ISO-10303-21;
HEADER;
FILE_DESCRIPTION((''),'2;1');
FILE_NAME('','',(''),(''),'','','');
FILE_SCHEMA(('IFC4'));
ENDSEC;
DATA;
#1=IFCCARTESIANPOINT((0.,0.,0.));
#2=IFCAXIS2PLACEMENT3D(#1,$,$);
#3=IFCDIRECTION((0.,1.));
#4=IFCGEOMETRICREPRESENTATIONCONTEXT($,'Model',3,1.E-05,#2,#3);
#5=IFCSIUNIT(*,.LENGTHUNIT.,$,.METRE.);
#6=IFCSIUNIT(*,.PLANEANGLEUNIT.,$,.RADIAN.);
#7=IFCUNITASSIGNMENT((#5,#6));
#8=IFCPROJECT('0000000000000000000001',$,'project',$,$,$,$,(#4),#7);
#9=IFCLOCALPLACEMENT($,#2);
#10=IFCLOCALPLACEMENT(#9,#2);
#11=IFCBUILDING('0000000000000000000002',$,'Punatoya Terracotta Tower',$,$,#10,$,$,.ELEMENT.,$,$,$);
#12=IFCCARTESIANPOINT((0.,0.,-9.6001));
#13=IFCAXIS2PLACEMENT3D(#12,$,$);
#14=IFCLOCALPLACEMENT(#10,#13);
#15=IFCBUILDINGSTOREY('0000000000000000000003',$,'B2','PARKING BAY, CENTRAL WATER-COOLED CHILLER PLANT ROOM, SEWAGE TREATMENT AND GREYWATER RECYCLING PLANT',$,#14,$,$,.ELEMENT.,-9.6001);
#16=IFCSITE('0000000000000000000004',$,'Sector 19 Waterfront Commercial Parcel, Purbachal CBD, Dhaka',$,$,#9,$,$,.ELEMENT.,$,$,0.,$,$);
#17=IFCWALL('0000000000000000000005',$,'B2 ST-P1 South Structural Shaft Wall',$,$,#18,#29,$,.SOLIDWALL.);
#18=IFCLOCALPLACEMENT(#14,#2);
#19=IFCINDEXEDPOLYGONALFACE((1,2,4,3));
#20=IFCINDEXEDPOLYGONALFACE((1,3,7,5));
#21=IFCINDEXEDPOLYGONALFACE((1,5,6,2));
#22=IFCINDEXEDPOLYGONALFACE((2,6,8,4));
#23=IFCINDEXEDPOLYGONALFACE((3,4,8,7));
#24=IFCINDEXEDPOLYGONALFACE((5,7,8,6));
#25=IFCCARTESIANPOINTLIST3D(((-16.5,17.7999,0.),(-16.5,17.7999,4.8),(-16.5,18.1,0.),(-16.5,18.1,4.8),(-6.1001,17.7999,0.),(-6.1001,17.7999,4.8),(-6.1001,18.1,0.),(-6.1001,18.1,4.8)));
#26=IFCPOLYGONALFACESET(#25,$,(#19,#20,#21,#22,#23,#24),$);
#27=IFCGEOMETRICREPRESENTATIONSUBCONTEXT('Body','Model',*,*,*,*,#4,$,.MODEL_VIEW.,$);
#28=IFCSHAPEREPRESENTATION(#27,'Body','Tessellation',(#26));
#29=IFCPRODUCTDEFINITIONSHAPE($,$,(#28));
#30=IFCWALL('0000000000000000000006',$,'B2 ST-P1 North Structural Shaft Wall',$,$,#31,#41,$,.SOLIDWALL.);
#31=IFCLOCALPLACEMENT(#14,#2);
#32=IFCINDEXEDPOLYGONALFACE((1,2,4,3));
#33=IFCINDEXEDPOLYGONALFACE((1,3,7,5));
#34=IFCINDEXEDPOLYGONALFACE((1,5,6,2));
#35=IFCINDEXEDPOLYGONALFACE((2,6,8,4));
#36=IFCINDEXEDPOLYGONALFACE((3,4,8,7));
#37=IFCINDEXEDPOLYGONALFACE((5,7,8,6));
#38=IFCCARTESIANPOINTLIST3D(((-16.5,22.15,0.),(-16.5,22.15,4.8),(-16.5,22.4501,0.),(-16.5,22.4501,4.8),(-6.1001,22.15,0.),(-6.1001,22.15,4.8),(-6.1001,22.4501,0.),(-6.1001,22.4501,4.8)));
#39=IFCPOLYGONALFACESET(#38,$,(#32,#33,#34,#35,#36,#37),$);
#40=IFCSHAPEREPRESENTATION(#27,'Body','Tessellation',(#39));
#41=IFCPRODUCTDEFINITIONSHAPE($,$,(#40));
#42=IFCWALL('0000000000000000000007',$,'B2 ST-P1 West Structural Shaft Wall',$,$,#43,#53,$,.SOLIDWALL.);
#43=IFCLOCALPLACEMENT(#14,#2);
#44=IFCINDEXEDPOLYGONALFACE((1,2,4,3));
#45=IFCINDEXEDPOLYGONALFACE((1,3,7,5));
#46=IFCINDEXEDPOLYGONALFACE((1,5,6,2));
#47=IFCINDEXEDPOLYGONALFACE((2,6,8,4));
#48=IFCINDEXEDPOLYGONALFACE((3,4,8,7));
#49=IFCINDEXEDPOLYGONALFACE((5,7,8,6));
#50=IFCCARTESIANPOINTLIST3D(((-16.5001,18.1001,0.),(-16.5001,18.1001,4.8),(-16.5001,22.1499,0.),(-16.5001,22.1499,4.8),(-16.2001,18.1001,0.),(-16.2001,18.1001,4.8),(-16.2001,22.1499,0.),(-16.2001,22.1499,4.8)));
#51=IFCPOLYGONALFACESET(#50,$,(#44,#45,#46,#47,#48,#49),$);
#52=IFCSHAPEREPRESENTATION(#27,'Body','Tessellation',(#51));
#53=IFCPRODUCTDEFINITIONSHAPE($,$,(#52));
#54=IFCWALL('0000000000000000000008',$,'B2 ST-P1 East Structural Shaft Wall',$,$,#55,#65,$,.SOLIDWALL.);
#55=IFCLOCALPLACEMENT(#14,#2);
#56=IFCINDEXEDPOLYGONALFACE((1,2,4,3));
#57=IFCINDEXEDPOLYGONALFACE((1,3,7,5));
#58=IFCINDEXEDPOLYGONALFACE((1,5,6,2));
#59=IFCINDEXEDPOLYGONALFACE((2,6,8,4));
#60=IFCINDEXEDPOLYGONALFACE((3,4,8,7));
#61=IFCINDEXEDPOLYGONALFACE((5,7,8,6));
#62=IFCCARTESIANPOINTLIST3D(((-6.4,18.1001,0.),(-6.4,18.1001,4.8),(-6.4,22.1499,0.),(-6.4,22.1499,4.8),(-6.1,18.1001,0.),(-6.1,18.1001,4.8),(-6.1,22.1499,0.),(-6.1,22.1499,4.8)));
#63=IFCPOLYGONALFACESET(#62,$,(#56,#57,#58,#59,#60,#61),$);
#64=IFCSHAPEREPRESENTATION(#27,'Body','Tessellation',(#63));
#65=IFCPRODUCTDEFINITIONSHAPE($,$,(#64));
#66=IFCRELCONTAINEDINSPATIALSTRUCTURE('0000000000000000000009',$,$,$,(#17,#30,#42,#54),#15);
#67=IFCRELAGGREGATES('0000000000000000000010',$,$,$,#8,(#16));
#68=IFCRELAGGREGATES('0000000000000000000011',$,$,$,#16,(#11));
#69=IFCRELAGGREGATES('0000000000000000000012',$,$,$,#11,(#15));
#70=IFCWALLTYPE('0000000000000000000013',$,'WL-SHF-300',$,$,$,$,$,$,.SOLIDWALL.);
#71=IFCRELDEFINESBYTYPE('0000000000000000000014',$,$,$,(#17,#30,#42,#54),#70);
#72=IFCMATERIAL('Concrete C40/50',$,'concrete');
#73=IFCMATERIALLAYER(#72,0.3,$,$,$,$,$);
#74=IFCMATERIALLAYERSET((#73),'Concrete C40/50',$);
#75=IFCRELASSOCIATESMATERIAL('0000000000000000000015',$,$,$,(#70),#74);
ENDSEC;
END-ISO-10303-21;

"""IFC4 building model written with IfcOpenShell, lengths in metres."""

from ifc_helpers import new_model, si_unit, direction, frame, frame_2d, origin, place, context, subcontext, project, spatial, rectangle, extrude, material, layer, layer_set, type_object, element, save


model = new_model("IFC4")

# Units and contexts
model_context = context("Model", 3, precision=1e-05, world=origin(), true_north=direction((0.0, 1.0)))
body_context = subcontext(model_context, "Body", "Model", "MODEL_VIEW")
ifc_project = project(units=[si_unit("LENGTHUNIT", "METRE"), si_unit("PLANEANGLEUNIT", "RADIAN")], contexts=[model_context])

# Site, building, storey
site_placement = place(None, origin())
site = spatial("IfcSite", under=ifc_project, at=site_placement, Name="Sector 19 Waterfront Commercial Parcel, Purbachal CBD, Dhaka", CompositionType="ELEMENT", RefElevation=0.0)
building_placement = place(site_placement, origin())
building = spatial("IfcBuilding", under=site, at=building_placement, Name="Punatoya Terracotta Tower", CompositionType="ELEMENT")
storey_placement = place(building_placement, frame((0.0, 0.0, -9.6001)))
storey = spatial("IfcBuildingStorey", under=building, at=storey_placement, Name="B2", Description="PARKING BAY, CENTRAL WATER-COOLED CHILLER PLANT ROOM, SEWAGE TREATMENT AND GREYWATER RECYCLING PLANT", CompositionType="ELEMENT", Elevation=-9.6001)

# Walls
ifc_material_1 = material(Name="Concrete C40/50", Category="concrete")
ifc_layer_1 = layer(ifc_material_1, 0.3)
ifc_layer_set_1 = layer_set([ifc_layer_1], Name="Concrete C40/50")
wall_type_1 = type_object("IfcWallType", Name="WL-SHF-300", PredefinedType="SOLIDWALL", material=ifc_layer_set_1)
for number, where, z_axis, x_axis, name in (
    (1, (-16.5, 17.95, 0.0), (0.0, 0.0, 1.0), (1.0, 0.0, 0.0), "B2 ST-P1 South Structural Shaft Wall"),
    (2, (-6.1001, 22.3, 0.0), (0.0, 0.0, 1.0), (-1.0, 0.0, 0.0), "B2 ST-P1 North Structural Shaft Wall"),
):
    element("IfcWall", number, at=place(storey_placement, frame(where, z_axis=z_axis, x_axis=x_axis)), inside=storey, type_object=wall_type_1, Name=name, PredefinedType="SOLIDWALL", context=body_context, shape_type="SweptSolid", body=[
        extrude(rectangle(XDim=10.3999, YDim=0.3, at=frame_2d((5.2, 0.0))), origin(), (0.0, 0.0, 1.0), 4.8),
    ])
for number, where, z_axis, x_axis, name in (
    (3, (-16.3501, 18.1001, 0.0), (0.0, 0.0, 1.0), (0.0, 1.0, 0.0), "B2 ST-P1 West Structural Shaft Wall"),
    (4, (-6.25, 22.1499, 0.0), (0.0, 0.0, 1.0), (0.0, -1.0, 0.0), "B2 ST-P1 East Structural Shaft Wall"),
):
    element("IfcWall", number, at=place(storey_placement, frame(where, z_axis=z_axis, x_axis=x_axis)), inside=storey, type_object=wall_type_1, Name=name, PredefinedType="SOLIDWALL", context=body_context, shape_type="SweptSolid", body=[
        extrude(rectangle(XDim=4.0498, YDim=0.3, at=frame_2d((2.0249, 0.0))), origin(), (0.0, 0.0, 1.0), 4.8),
    ])

save(model, "model.ifc")
